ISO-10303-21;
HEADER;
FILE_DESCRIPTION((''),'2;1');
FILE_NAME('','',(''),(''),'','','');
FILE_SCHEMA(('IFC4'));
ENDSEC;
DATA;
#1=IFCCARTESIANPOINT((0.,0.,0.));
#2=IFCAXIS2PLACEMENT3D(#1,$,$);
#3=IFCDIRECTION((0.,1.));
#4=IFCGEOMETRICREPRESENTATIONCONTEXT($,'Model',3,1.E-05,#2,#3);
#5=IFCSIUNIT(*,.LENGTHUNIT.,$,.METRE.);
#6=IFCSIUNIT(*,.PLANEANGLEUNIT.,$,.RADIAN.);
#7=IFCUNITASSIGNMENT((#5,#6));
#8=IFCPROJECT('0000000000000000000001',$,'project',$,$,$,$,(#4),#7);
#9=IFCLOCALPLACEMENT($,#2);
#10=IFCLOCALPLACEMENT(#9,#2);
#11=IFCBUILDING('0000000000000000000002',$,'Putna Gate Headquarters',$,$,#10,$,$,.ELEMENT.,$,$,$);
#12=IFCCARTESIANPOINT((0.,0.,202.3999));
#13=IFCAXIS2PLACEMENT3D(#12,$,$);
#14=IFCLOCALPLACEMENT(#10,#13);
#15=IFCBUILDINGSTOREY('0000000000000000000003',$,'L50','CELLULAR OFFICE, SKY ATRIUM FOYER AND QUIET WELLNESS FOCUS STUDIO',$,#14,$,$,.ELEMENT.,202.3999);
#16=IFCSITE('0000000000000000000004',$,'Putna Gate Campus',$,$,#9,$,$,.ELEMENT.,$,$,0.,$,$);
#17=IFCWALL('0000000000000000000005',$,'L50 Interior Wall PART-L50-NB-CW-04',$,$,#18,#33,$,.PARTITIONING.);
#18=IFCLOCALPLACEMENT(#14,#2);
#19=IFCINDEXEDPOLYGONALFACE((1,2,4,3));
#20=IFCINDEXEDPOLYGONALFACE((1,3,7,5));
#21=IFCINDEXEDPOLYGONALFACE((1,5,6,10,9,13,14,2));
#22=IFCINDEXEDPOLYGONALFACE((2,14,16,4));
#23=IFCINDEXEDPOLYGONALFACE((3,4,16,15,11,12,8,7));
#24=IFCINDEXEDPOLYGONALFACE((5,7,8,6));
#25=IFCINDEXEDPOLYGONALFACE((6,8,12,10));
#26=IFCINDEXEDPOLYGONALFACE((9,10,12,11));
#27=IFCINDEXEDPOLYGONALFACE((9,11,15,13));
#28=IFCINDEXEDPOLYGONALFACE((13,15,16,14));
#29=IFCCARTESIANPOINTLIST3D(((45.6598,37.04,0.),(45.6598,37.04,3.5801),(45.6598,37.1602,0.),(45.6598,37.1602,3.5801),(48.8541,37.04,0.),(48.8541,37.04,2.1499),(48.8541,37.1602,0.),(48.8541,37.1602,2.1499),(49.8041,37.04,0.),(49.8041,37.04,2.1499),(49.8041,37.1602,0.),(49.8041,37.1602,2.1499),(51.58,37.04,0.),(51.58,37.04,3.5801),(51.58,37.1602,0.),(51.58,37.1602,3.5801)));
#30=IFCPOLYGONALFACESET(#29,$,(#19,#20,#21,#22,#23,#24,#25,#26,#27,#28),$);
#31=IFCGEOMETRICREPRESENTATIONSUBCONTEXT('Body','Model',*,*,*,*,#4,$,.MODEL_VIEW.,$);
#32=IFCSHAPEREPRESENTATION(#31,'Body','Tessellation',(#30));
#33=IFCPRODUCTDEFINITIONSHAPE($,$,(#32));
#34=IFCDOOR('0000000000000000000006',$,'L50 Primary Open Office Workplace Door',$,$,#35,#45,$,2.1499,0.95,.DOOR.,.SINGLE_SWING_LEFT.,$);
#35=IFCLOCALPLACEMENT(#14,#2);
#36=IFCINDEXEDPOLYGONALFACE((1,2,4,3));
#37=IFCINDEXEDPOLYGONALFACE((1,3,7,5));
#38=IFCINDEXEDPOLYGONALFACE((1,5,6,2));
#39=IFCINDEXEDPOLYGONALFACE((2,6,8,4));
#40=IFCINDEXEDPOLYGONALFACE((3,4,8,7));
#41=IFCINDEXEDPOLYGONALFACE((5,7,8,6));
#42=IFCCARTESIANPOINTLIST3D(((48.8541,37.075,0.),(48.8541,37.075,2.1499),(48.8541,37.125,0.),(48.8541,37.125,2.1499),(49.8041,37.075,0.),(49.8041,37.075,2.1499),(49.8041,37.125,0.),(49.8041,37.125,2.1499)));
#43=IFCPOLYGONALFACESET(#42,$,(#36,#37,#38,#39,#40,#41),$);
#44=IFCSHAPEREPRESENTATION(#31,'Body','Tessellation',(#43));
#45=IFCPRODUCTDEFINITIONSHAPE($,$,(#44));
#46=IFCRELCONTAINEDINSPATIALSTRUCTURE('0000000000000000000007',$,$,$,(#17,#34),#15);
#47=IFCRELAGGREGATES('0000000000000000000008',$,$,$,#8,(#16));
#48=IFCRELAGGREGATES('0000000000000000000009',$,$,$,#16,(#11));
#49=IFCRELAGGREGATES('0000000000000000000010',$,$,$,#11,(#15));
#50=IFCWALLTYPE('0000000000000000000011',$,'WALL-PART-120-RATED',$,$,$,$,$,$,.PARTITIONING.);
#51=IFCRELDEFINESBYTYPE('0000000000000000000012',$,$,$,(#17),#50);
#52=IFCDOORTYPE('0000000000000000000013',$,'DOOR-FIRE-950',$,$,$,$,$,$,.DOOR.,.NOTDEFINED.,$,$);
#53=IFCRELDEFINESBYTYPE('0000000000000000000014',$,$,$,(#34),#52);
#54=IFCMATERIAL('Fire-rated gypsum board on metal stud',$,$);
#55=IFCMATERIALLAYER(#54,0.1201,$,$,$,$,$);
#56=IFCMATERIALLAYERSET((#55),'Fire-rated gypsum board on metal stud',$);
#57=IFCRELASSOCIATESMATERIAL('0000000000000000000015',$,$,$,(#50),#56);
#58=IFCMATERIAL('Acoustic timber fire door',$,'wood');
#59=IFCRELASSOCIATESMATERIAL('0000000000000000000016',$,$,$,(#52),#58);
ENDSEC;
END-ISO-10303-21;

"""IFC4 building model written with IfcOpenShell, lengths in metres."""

from ifc_helpers import new_model, si_unit, direction, frame, frame_2d, origin, place, context, subcontext, project, spatial, rectangle, extrude, material, layer, layer_set, type_object, element, fill, save


model = new_model("IFC4")

# Units and contexts
model_context = context("Model", 3, precision=1e-05, world=origin(), true_north=direction((0.0, 1.0)))
body_context = subcontext(model_context, "Body", "Model", "MODEL_VIEW")
ifc_project = project(units=[si_unit("LENGTHUNIT", "METRE"), si_unit("PLANEANGLEUNIT", "RADIAN")], contexts=[model_context])

# Site, building, storey
site_placement = place(None, origin())
site = spatial("IfcSite", under=ifc_project, at=site_placement, Name="Putna Gate Campus", CompositionType="ELEMENT", RefElevation=0.0)
building_placement = place(site_placement, origin())
building = spatial("IfcBuilding", under=site, at=building_placement, Name="Putna Gate Headquarters", CompositionType="ELEMENT")
storey_placement = place(building_placement, frame((0.0, 0.0, 202.3999)))
storey = spatial("IfcBuildingStorey", under=building, at=storey_placement, Name="L50", Description="CELLULAR OFFICE, SKY ATRIUM FOYER AND QUIET WELLNESS FOCUS STUDIO", CompositionType="ELEMENT", Elevation=202.3999)

# Wall, opening, door
ifc_material_1 = material(Name="Fire-rated gypsum board on metal stud")
ifc_layer_1 = layer(ifc_material_1, 0.1201)
ifc_layer_set_1 = layer_set([ifc_layer_1], Name="Fire-rated gypsum board on metal stud")
wall_type_1 = type_object("IfcWallType", Name="WALL-PART-120-RATED", PredefinedType="PARTITIONING", material=ifc_layer_set_1)
wall_1_placement = place(storey_placement, frame((45.6599, 37.1001, 0.0), z_axis=(0.0, 0.0, 1.0), x_axis=(1.0, 0.0, 0.0)))
wall_1 = element("IfcWall", 1, at=wall_1_placement, inside=storey, type_object=wall_type_1, Name="L50 Interior Wall PART-L50-NB-CW-04", PredefinedType="PARTITIONING", context=body_context, shape_type="SweptSolid", body=[
    extrude(rectangle(XDim=5.9202, YDim=0.1201, at=frame_2d((2.96, 0.0))), origin(), (0.0, 0.0, 1.0), 3.5801),
])
opening_placement = place(wall_1_placement, frame((3.1941, 0.0, 0.0)))
opening = element("IfcOpeningElement", 2, at=opening_placement, cuts=wall_1, PredefinedType="OPENING", context=body_context, shape_type="SweptSolid", body=[
    extrude(rectangle(XDim=0.95, YDim=2.1499, at=frame_2d((0.4751, 1.075))), frame((0.0, 0.0701, 0.0), z_axis=(0.0, -1.0, 0.0), x_axis=(1.0, 0.0, 0.0)), (0.0, 0.0, 1.0), 0.1401),
])
ifc_material_2 = material(Name="Acoustic timber fire door", Category="wood")
door_type = type_object("IfcDoorType", Name="DOOR-FIRE-950", OperationType="NOTDEFINED", PredefinedType="DOOR", material=ifc_material_2)
door_placement = place(opening_placement, origin())
door = element("IfcDoor", 3, at=door_placement, inside=storey, type_object=door_type, Name="L50 Primary Open Office Workplace Door", OperationType="SINGLE_SWING_LEFT", OverallHeight=2.1499, OverallWidth=0.95, PredefinedType="DOOR", context=body_context, shape_type="SweptSolid", body=[
    extrude(rectangle(XDim=0.95, YDim=2.1499, at=frame_2d((0.4751, 1.075))), frame((0.0, 0.0249, 0.0), z_axis=(0.0, -1.0, 0.0), x_axis=(1.0, 0.0, 0.0)), (0.0, 0.0, 1.0), 0.05),
])
fill(opening, door)

save(model, "model.ifc")
